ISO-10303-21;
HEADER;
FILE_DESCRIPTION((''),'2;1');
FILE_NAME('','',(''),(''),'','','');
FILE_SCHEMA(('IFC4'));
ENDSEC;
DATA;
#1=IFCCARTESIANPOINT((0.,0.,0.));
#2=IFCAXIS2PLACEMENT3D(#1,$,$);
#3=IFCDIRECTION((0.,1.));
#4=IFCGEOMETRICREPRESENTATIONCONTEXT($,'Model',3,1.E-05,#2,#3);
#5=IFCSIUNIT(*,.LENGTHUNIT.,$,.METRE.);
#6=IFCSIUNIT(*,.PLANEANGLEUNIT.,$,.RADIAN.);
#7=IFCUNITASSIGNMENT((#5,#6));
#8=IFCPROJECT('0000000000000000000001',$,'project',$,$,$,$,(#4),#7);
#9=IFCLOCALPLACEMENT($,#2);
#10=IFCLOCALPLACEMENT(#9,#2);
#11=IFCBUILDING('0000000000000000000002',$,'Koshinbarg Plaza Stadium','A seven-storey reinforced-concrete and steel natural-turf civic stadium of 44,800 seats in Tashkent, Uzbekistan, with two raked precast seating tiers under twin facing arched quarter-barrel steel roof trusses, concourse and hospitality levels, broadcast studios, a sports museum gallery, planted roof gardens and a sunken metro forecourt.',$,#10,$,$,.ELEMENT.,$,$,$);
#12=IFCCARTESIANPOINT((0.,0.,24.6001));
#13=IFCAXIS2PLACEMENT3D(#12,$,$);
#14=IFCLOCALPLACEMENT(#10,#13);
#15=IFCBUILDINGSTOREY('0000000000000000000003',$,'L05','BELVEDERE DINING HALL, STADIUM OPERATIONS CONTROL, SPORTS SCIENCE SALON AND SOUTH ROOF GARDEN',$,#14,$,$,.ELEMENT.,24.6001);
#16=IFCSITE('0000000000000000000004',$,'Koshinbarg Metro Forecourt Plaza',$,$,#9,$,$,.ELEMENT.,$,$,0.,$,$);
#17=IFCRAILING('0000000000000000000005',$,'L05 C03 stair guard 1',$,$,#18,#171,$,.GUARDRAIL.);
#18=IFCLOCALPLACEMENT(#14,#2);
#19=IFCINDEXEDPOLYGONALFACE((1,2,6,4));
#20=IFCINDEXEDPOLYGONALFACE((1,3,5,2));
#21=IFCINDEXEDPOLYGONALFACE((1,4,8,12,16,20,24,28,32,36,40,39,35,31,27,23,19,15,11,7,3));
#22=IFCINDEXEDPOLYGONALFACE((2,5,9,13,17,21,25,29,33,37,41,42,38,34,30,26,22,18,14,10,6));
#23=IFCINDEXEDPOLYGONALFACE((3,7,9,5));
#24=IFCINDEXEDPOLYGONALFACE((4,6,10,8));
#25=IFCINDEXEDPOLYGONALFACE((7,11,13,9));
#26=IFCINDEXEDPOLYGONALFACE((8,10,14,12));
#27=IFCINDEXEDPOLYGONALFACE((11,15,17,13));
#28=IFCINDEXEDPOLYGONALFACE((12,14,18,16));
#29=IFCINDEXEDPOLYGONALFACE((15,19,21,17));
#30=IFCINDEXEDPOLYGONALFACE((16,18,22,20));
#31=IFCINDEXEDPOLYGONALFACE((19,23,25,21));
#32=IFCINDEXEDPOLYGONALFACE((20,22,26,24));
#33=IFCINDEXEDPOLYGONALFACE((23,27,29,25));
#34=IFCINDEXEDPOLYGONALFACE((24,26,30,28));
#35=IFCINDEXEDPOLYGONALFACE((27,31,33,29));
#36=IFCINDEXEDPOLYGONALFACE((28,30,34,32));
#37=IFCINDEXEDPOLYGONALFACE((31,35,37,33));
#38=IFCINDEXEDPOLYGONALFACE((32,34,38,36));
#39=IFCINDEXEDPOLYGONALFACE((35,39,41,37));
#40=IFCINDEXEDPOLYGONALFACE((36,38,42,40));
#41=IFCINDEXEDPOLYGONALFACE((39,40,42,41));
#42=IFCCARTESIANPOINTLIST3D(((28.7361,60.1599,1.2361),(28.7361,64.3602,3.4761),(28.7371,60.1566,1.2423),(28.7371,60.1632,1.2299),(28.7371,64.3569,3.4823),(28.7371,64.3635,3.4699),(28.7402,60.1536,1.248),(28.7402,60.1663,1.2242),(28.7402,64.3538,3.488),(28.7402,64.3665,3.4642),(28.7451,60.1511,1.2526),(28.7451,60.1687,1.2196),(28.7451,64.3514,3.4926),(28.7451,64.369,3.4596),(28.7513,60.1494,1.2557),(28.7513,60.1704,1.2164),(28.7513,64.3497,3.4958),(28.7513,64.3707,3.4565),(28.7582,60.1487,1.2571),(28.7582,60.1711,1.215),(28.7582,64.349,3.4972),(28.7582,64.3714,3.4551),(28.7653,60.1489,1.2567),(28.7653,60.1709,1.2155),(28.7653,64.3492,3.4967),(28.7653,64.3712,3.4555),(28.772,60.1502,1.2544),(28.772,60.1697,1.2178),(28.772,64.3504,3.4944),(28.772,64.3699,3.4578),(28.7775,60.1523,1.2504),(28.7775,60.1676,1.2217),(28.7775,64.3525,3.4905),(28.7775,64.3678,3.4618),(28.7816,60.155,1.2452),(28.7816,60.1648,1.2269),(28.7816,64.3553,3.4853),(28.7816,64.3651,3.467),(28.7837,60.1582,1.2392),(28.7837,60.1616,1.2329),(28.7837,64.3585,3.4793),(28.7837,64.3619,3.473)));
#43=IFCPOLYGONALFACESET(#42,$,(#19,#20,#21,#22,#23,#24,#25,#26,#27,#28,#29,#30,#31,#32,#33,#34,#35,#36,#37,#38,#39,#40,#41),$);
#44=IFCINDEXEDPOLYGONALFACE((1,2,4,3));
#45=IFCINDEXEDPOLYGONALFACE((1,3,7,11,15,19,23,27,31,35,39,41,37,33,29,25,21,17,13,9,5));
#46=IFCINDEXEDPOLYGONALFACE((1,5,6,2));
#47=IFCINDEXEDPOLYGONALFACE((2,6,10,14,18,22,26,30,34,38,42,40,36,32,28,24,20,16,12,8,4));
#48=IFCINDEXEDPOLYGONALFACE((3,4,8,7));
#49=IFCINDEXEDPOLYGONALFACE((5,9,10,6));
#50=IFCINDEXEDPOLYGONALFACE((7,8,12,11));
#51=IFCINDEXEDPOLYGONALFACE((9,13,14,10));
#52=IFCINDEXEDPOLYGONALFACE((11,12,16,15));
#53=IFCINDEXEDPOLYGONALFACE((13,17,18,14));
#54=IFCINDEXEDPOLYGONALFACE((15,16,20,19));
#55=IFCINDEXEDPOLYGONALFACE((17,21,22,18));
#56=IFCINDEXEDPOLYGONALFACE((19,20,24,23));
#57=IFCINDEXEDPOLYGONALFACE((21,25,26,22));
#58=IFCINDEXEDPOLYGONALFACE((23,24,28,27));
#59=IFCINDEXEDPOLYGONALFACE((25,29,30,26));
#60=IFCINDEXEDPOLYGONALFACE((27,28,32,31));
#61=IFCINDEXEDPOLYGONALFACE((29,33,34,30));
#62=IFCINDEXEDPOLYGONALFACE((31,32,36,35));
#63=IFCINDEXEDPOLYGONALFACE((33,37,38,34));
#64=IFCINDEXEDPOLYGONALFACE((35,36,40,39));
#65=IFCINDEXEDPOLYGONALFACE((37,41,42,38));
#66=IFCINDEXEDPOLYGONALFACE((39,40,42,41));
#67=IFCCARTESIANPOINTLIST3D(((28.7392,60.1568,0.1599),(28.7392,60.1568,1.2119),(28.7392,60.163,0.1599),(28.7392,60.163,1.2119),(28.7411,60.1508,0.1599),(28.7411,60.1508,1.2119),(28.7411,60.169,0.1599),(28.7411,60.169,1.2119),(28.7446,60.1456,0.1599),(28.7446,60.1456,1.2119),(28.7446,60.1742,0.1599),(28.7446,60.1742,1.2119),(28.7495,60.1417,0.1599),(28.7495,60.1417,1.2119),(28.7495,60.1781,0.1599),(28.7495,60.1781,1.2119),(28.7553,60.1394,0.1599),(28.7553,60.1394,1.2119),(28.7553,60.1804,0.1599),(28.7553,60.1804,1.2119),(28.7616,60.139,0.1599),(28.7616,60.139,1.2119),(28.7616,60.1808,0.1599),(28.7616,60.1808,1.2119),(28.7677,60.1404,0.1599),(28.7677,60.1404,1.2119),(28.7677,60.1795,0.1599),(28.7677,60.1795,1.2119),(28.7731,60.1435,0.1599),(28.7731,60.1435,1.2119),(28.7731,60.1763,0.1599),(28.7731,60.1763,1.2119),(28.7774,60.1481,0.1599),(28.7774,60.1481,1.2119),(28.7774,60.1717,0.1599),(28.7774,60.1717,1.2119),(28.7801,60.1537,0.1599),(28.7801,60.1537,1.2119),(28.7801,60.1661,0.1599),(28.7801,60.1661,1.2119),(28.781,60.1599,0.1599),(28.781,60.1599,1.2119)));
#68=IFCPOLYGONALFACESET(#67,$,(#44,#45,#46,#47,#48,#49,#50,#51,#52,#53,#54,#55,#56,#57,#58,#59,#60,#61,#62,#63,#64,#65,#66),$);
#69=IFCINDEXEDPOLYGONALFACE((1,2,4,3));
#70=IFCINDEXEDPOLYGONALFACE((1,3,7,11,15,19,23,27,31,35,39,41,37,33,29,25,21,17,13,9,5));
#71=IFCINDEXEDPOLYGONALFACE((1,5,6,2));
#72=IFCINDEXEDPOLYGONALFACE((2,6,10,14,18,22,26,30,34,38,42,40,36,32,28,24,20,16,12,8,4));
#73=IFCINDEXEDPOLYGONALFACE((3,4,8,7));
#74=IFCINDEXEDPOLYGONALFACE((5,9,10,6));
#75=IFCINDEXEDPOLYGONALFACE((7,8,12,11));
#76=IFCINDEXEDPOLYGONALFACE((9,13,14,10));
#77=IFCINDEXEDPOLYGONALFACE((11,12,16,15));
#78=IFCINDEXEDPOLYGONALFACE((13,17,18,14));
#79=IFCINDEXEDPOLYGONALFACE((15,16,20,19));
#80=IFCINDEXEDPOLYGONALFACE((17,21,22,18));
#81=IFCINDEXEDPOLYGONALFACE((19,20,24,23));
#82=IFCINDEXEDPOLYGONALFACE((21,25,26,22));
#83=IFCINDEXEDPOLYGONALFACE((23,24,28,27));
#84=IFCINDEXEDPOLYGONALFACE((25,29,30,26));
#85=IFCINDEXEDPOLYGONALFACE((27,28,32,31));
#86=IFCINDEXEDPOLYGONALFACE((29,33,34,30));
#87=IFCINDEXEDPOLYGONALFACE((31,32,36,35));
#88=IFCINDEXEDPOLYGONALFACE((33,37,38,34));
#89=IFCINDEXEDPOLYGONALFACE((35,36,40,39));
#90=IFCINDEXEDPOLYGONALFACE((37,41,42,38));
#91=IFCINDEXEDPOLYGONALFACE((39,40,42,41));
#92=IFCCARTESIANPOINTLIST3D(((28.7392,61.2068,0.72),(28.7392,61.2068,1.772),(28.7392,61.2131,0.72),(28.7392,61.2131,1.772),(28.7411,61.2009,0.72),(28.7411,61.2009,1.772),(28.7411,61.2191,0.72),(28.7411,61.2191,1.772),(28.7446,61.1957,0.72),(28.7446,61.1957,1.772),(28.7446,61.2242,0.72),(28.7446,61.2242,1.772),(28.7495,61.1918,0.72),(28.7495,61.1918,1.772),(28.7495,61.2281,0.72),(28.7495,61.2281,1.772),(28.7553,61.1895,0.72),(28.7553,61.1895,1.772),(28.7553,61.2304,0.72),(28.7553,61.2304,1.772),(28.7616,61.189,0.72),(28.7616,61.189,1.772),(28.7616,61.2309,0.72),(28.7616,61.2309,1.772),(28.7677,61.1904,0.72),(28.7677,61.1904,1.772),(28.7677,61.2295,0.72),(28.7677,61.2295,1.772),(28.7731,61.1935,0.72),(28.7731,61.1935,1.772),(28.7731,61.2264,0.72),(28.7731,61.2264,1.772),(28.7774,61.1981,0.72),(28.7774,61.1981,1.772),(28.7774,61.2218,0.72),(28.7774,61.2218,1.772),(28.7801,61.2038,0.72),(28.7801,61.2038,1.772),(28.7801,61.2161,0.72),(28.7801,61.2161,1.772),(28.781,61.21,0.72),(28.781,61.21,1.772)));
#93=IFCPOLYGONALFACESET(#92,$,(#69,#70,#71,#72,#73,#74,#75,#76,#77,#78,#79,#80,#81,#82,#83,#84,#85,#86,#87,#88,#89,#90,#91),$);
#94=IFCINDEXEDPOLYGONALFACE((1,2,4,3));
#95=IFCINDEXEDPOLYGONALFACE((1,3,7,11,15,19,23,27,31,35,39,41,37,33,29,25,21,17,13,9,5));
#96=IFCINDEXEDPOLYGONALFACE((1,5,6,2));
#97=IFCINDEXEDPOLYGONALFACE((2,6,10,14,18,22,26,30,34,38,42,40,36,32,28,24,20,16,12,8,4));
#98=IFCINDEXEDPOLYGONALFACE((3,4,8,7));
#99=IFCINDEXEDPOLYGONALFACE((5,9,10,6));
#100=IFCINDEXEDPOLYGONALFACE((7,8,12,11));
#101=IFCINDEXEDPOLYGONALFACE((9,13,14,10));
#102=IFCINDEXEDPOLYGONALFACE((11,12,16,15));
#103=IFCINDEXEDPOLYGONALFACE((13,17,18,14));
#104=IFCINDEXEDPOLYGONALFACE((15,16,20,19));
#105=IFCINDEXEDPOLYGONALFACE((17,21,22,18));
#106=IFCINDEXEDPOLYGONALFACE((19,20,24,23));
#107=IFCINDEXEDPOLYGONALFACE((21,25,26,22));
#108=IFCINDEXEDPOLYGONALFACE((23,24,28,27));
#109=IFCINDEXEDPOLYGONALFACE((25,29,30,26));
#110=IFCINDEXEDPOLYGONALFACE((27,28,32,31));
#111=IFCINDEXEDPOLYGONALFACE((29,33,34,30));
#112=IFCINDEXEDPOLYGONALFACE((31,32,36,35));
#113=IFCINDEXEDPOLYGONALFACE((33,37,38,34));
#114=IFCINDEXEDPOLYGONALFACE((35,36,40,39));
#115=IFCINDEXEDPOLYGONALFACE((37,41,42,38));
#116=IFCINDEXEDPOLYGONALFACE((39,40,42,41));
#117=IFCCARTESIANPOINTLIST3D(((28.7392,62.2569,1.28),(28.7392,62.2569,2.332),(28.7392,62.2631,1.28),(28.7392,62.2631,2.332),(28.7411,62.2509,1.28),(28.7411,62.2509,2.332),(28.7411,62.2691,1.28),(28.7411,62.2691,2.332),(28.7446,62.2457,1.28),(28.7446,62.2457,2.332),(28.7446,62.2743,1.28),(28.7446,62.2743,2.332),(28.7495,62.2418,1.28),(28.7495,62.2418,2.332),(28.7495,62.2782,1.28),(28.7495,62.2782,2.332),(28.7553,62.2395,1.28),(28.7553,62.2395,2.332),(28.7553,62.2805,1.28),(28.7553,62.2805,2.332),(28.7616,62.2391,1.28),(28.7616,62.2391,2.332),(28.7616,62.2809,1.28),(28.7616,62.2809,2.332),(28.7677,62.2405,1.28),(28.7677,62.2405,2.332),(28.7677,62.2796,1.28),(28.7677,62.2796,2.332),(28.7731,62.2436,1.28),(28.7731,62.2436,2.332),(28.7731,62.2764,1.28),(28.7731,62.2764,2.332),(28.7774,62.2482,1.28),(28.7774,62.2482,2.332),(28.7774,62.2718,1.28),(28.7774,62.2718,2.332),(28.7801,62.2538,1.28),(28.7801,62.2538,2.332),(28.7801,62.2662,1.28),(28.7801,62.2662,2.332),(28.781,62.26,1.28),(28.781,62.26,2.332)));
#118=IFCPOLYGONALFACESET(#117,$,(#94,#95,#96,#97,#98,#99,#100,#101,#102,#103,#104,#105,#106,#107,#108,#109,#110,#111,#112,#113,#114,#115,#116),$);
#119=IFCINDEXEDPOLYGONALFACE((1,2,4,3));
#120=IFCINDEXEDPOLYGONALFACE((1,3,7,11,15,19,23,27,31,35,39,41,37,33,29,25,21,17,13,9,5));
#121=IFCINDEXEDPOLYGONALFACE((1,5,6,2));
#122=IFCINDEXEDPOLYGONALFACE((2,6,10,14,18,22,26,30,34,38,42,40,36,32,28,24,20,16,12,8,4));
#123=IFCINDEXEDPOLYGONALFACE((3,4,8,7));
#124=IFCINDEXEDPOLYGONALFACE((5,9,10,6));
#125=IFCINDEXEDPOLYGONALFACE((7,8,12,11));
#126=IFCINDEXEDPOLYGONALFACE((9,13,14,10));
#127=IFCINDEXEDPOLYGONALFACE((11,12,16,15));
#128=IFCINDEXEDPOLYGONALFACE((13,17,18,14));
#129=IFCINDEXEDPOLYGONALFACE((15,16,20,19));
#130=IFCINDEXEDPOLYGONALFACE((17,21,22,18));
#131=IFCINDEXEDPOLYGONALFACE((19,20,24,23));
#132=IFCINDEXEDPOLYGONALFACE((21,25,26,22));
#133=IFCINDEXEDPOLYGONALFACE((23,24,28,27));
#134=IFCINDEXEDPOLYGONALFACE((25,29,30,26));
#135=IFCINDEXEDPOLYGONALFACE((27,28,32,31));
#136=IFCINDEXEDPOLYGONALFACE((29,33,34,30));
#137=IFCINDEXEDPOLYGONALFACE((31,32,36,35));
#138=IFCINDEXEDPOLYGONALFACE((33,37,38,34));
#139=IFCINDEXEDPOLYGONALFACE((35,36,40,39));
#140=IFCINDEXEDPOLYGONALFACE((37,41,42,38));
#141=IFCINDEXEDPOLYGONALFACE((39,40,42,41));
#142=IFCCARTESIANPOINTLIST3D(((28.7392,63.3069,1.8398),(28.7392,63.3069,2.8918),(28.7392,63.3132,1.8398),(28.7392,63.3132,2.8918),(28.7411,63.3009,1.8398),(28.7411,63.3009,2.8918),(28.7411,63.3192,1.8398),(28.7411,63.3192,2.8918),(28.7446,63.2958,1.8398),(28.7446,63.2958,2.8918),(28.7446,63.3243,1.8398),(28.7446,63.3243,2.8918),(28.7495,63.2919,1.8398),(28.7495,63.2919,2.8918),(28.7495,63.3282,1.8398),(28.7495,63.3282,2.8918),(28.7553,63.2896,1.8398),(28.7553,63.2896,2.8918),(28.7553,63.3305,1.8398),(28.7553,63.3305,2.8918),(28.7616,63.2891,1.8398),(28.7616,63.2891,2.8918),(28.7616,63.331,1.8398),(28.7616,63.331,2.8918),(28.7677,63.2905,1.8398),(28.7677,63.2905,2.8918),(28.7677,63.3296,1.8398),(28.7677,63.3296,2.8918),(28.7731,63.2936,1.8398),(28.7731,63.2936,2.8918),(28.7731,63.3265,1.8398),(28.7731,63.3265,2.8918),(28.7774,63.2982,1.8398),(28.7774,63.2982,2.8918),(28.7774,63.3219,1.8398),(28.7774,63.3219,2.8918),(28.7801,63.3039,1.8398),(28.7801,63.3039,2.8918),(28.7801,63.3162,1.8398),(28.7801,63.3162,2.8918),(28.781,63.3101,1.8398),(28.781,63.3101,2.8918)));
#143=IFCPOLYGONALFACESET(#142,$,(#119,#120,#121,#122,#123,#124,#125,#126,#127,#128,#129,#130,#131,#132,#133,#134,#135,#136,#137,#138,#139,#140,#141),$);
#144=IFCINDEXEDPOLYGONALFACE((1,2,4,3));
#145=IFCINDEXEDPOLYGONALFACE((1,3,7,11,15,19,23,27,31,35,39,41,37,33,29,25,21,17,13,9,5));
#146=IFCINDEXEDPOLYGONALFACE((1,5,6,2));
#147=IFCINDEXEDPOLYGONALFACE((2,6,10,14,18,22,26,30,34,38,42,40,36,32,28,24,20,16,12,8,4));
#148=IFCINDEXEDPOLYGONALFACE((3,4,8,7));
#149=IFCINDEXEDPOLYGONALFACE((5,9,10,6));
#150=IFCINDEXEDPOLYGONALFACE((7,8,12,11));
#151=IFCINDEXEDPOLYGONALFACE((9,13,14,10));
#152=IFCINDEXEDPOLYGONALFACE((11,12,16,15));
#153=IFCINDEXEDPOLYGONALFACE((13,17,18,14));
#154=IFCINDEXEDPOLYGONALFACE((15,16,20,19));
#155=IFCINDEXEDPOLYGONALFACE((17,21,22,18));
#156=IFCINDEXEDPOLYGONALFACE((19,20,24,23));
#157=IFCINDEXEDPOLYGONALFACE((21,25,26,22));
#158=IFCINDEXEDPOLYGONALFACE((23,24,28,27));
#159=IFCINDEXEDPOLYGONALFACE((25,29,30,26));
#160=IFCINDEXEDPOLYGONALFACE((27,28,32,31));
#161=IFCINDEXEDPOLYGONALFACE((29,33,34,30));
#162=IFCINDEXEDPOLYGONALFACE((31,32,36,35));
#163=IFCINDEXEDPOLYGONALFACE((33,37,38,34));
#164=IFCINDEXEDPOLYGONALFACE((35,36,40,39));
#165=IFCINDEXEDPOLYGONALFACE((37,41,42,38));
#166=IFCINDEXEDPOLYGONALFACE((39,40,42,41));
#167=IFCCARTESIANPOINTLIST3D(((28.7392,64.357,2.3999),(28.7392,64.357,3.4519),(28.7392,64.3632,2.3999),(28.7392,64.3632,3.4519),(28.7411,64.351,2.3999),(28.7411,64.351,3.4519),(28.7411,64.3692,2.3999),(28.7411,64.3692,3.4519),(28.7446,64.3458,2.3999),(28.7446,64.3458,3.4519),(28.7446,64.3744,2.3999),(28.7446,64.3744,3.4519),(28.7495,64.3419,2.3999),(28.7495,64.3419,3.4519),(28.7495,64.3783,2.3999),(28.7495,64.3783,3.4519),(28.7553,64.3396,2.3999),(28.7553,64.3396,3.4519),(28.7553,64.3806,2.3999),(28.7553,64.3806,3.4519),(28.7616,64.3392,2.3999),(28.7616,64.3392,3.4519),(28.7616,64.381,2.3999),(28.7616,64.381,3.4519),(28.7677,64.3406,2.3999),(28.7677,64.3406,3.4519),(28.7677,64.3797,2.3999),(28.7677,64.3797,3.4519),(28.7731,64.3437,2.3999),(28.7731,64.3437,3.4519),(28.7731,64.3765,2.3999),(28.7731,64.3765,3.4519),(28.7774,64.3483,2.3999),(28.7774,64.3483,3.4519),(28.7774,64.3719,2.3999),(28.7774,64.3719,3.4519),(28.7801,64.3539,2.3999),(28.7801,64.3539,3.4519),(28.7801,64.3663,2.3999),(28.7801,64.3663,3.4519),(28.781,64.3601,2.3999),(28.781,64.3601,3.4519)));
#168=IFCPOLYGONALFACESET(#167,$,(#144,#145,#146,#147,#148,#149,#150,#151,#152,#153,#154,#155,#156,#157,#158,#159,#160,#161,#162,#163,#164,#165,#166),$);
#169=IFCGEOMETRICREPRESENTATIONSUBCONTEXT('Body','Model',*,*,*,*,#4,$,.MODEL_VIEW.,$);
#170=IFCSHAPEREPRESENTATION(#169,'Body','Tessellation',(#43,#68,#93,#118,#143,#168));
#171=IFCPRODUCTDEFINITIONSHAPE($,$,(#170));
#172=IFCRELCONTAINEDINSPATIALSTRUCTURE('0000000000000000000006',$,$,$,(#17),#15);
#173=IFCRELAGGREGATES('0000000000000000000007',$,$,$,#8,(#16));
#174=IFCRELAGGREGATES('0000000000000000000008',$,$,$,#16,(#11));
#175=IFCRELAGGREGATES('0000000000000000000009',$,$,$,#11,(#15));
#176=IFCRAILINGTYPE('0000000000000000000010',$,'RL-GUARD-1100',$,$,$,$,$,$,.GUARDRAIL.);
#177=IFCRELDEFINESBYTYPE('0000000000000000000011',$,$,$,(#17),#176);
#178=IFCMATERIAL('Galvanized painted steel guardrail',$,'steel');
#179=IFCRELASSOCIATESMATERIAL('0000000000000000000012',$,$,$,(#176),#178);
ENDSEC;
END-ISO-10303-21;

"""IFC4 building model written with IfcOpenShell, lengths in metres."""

from ifc_helpers import new_model, si_unit, direction, frame, origin, origin_2d, place, context, subcontext, project, spatial, circle, extrude, material, type_object, element, save


model = new_model("IFC4")

# Units and contexts
model_context = context("Model", 3, precision=1e-05, world=origin(), true_north=direction((0.0, 1.0)))
body_context = subcontext(model_context, "Body", "Model", "MODEL_VIEW")
ifc_project = project(units=[si_unit("LENGTHUNIT", "METRE"), si_unit("PLANEANGLEUNIT", "RADIAN")], contexts=[model_context])

# Site, building, storey
site_placement = place(None, origin())
site = spatial("IfcSite", under=ifc_project, at=site_placement, Name="Koshinbarg Metro Forecourt Plaza", CompositionType="ELEMENT", RefElevation=0.0)
building_placement = place(site_placement, origin())
building = spatial("IfcBuilding", under=site, at=building_placement, Name="Koshinbarg Plaza Stadium", Description="A seven-storey reinforced-concrete and steel natural-turf civic stadium of 44,800 seats in Tashkent, Uzbekistan, with two raked precast seating tiers under twin facing arched quarter-barrel steel roof trusses, concourse and hospitality levels, broadcast studios, a sports museum gallery, planted roof gardens and a sunken metro forecourt.", CompositionType="ELEMENT")
storey_placement = place(building_placement, frame((0.0, 0.0, 24.6001)))
storey = spatial("IfcBuildingStorey", under=building, at=storey_placement, Name="L05", Description="BELVEDERE DINING HALL, STADIUM OPERATIONS CONTROL, SPORTS SCIENCE SALON AND SOUTH ROOF GARDEN", CompositionType="ELEMENT", Elevation=24.6001)

# Railing
ifc_material_1 = material(Name="Galvanized painted steel guardrail", Category="steel")
railing_type_1 = type_object("IfcRailingType", Name="RL-GUARD-1100", PredefinedType="GUARDRAIL", material=ifc_material_1)
railing_1_placement = place(storey_placement, frame((28.76, 60.1599, 0.1599)))
element("IfcRailing", 1, at=railing_1_placement, inside=storey, type_object=railing_type_1, Name="L05 C03 stair guard 1", PredefinedType="GUARDRAIL", context=body_context, shape_type="SweptSolid", body=[
    extrude(circle(Radius=0.0239, at=origin_2d()), frame((0.0, 0.0, 1.0762), z_axis=(0.0, 0.882363, 0.47057), x_axis=(-1.0, 0.0, 0.0)), (0.0, 0.0, 1.0), 4.7603),
    extrude(circle(Radius=0.021, at=origin_2d()), origin(), (0.0, 0.0, 1.0), 1.052),
    extrude(circle(Radius=0.021, at=origin_2d()), frame((0.0, 1.05, 0.5601)), (0.0, 0.0, 1.0), 1.052),
    extrude(circle(Radius=0.021, at=origin_2d()), frame((0.0, 2.1001, 1.1201)), (0.0, 0.0, 1.0), 1.052),
    extrude(circle(Radius=0.021, at=origin_2d()), frame((0.0, 3.1501, 1.6799)), (0.0, 0.0, 1.0), 1.052),
    extrude(circle(Radius=0.021, at=origin_2d()), frame((0.0, 4.2002, 2.24)), (0.0, 0.0, 1.0), 1.052),
])

save(model, "model.ifc")
